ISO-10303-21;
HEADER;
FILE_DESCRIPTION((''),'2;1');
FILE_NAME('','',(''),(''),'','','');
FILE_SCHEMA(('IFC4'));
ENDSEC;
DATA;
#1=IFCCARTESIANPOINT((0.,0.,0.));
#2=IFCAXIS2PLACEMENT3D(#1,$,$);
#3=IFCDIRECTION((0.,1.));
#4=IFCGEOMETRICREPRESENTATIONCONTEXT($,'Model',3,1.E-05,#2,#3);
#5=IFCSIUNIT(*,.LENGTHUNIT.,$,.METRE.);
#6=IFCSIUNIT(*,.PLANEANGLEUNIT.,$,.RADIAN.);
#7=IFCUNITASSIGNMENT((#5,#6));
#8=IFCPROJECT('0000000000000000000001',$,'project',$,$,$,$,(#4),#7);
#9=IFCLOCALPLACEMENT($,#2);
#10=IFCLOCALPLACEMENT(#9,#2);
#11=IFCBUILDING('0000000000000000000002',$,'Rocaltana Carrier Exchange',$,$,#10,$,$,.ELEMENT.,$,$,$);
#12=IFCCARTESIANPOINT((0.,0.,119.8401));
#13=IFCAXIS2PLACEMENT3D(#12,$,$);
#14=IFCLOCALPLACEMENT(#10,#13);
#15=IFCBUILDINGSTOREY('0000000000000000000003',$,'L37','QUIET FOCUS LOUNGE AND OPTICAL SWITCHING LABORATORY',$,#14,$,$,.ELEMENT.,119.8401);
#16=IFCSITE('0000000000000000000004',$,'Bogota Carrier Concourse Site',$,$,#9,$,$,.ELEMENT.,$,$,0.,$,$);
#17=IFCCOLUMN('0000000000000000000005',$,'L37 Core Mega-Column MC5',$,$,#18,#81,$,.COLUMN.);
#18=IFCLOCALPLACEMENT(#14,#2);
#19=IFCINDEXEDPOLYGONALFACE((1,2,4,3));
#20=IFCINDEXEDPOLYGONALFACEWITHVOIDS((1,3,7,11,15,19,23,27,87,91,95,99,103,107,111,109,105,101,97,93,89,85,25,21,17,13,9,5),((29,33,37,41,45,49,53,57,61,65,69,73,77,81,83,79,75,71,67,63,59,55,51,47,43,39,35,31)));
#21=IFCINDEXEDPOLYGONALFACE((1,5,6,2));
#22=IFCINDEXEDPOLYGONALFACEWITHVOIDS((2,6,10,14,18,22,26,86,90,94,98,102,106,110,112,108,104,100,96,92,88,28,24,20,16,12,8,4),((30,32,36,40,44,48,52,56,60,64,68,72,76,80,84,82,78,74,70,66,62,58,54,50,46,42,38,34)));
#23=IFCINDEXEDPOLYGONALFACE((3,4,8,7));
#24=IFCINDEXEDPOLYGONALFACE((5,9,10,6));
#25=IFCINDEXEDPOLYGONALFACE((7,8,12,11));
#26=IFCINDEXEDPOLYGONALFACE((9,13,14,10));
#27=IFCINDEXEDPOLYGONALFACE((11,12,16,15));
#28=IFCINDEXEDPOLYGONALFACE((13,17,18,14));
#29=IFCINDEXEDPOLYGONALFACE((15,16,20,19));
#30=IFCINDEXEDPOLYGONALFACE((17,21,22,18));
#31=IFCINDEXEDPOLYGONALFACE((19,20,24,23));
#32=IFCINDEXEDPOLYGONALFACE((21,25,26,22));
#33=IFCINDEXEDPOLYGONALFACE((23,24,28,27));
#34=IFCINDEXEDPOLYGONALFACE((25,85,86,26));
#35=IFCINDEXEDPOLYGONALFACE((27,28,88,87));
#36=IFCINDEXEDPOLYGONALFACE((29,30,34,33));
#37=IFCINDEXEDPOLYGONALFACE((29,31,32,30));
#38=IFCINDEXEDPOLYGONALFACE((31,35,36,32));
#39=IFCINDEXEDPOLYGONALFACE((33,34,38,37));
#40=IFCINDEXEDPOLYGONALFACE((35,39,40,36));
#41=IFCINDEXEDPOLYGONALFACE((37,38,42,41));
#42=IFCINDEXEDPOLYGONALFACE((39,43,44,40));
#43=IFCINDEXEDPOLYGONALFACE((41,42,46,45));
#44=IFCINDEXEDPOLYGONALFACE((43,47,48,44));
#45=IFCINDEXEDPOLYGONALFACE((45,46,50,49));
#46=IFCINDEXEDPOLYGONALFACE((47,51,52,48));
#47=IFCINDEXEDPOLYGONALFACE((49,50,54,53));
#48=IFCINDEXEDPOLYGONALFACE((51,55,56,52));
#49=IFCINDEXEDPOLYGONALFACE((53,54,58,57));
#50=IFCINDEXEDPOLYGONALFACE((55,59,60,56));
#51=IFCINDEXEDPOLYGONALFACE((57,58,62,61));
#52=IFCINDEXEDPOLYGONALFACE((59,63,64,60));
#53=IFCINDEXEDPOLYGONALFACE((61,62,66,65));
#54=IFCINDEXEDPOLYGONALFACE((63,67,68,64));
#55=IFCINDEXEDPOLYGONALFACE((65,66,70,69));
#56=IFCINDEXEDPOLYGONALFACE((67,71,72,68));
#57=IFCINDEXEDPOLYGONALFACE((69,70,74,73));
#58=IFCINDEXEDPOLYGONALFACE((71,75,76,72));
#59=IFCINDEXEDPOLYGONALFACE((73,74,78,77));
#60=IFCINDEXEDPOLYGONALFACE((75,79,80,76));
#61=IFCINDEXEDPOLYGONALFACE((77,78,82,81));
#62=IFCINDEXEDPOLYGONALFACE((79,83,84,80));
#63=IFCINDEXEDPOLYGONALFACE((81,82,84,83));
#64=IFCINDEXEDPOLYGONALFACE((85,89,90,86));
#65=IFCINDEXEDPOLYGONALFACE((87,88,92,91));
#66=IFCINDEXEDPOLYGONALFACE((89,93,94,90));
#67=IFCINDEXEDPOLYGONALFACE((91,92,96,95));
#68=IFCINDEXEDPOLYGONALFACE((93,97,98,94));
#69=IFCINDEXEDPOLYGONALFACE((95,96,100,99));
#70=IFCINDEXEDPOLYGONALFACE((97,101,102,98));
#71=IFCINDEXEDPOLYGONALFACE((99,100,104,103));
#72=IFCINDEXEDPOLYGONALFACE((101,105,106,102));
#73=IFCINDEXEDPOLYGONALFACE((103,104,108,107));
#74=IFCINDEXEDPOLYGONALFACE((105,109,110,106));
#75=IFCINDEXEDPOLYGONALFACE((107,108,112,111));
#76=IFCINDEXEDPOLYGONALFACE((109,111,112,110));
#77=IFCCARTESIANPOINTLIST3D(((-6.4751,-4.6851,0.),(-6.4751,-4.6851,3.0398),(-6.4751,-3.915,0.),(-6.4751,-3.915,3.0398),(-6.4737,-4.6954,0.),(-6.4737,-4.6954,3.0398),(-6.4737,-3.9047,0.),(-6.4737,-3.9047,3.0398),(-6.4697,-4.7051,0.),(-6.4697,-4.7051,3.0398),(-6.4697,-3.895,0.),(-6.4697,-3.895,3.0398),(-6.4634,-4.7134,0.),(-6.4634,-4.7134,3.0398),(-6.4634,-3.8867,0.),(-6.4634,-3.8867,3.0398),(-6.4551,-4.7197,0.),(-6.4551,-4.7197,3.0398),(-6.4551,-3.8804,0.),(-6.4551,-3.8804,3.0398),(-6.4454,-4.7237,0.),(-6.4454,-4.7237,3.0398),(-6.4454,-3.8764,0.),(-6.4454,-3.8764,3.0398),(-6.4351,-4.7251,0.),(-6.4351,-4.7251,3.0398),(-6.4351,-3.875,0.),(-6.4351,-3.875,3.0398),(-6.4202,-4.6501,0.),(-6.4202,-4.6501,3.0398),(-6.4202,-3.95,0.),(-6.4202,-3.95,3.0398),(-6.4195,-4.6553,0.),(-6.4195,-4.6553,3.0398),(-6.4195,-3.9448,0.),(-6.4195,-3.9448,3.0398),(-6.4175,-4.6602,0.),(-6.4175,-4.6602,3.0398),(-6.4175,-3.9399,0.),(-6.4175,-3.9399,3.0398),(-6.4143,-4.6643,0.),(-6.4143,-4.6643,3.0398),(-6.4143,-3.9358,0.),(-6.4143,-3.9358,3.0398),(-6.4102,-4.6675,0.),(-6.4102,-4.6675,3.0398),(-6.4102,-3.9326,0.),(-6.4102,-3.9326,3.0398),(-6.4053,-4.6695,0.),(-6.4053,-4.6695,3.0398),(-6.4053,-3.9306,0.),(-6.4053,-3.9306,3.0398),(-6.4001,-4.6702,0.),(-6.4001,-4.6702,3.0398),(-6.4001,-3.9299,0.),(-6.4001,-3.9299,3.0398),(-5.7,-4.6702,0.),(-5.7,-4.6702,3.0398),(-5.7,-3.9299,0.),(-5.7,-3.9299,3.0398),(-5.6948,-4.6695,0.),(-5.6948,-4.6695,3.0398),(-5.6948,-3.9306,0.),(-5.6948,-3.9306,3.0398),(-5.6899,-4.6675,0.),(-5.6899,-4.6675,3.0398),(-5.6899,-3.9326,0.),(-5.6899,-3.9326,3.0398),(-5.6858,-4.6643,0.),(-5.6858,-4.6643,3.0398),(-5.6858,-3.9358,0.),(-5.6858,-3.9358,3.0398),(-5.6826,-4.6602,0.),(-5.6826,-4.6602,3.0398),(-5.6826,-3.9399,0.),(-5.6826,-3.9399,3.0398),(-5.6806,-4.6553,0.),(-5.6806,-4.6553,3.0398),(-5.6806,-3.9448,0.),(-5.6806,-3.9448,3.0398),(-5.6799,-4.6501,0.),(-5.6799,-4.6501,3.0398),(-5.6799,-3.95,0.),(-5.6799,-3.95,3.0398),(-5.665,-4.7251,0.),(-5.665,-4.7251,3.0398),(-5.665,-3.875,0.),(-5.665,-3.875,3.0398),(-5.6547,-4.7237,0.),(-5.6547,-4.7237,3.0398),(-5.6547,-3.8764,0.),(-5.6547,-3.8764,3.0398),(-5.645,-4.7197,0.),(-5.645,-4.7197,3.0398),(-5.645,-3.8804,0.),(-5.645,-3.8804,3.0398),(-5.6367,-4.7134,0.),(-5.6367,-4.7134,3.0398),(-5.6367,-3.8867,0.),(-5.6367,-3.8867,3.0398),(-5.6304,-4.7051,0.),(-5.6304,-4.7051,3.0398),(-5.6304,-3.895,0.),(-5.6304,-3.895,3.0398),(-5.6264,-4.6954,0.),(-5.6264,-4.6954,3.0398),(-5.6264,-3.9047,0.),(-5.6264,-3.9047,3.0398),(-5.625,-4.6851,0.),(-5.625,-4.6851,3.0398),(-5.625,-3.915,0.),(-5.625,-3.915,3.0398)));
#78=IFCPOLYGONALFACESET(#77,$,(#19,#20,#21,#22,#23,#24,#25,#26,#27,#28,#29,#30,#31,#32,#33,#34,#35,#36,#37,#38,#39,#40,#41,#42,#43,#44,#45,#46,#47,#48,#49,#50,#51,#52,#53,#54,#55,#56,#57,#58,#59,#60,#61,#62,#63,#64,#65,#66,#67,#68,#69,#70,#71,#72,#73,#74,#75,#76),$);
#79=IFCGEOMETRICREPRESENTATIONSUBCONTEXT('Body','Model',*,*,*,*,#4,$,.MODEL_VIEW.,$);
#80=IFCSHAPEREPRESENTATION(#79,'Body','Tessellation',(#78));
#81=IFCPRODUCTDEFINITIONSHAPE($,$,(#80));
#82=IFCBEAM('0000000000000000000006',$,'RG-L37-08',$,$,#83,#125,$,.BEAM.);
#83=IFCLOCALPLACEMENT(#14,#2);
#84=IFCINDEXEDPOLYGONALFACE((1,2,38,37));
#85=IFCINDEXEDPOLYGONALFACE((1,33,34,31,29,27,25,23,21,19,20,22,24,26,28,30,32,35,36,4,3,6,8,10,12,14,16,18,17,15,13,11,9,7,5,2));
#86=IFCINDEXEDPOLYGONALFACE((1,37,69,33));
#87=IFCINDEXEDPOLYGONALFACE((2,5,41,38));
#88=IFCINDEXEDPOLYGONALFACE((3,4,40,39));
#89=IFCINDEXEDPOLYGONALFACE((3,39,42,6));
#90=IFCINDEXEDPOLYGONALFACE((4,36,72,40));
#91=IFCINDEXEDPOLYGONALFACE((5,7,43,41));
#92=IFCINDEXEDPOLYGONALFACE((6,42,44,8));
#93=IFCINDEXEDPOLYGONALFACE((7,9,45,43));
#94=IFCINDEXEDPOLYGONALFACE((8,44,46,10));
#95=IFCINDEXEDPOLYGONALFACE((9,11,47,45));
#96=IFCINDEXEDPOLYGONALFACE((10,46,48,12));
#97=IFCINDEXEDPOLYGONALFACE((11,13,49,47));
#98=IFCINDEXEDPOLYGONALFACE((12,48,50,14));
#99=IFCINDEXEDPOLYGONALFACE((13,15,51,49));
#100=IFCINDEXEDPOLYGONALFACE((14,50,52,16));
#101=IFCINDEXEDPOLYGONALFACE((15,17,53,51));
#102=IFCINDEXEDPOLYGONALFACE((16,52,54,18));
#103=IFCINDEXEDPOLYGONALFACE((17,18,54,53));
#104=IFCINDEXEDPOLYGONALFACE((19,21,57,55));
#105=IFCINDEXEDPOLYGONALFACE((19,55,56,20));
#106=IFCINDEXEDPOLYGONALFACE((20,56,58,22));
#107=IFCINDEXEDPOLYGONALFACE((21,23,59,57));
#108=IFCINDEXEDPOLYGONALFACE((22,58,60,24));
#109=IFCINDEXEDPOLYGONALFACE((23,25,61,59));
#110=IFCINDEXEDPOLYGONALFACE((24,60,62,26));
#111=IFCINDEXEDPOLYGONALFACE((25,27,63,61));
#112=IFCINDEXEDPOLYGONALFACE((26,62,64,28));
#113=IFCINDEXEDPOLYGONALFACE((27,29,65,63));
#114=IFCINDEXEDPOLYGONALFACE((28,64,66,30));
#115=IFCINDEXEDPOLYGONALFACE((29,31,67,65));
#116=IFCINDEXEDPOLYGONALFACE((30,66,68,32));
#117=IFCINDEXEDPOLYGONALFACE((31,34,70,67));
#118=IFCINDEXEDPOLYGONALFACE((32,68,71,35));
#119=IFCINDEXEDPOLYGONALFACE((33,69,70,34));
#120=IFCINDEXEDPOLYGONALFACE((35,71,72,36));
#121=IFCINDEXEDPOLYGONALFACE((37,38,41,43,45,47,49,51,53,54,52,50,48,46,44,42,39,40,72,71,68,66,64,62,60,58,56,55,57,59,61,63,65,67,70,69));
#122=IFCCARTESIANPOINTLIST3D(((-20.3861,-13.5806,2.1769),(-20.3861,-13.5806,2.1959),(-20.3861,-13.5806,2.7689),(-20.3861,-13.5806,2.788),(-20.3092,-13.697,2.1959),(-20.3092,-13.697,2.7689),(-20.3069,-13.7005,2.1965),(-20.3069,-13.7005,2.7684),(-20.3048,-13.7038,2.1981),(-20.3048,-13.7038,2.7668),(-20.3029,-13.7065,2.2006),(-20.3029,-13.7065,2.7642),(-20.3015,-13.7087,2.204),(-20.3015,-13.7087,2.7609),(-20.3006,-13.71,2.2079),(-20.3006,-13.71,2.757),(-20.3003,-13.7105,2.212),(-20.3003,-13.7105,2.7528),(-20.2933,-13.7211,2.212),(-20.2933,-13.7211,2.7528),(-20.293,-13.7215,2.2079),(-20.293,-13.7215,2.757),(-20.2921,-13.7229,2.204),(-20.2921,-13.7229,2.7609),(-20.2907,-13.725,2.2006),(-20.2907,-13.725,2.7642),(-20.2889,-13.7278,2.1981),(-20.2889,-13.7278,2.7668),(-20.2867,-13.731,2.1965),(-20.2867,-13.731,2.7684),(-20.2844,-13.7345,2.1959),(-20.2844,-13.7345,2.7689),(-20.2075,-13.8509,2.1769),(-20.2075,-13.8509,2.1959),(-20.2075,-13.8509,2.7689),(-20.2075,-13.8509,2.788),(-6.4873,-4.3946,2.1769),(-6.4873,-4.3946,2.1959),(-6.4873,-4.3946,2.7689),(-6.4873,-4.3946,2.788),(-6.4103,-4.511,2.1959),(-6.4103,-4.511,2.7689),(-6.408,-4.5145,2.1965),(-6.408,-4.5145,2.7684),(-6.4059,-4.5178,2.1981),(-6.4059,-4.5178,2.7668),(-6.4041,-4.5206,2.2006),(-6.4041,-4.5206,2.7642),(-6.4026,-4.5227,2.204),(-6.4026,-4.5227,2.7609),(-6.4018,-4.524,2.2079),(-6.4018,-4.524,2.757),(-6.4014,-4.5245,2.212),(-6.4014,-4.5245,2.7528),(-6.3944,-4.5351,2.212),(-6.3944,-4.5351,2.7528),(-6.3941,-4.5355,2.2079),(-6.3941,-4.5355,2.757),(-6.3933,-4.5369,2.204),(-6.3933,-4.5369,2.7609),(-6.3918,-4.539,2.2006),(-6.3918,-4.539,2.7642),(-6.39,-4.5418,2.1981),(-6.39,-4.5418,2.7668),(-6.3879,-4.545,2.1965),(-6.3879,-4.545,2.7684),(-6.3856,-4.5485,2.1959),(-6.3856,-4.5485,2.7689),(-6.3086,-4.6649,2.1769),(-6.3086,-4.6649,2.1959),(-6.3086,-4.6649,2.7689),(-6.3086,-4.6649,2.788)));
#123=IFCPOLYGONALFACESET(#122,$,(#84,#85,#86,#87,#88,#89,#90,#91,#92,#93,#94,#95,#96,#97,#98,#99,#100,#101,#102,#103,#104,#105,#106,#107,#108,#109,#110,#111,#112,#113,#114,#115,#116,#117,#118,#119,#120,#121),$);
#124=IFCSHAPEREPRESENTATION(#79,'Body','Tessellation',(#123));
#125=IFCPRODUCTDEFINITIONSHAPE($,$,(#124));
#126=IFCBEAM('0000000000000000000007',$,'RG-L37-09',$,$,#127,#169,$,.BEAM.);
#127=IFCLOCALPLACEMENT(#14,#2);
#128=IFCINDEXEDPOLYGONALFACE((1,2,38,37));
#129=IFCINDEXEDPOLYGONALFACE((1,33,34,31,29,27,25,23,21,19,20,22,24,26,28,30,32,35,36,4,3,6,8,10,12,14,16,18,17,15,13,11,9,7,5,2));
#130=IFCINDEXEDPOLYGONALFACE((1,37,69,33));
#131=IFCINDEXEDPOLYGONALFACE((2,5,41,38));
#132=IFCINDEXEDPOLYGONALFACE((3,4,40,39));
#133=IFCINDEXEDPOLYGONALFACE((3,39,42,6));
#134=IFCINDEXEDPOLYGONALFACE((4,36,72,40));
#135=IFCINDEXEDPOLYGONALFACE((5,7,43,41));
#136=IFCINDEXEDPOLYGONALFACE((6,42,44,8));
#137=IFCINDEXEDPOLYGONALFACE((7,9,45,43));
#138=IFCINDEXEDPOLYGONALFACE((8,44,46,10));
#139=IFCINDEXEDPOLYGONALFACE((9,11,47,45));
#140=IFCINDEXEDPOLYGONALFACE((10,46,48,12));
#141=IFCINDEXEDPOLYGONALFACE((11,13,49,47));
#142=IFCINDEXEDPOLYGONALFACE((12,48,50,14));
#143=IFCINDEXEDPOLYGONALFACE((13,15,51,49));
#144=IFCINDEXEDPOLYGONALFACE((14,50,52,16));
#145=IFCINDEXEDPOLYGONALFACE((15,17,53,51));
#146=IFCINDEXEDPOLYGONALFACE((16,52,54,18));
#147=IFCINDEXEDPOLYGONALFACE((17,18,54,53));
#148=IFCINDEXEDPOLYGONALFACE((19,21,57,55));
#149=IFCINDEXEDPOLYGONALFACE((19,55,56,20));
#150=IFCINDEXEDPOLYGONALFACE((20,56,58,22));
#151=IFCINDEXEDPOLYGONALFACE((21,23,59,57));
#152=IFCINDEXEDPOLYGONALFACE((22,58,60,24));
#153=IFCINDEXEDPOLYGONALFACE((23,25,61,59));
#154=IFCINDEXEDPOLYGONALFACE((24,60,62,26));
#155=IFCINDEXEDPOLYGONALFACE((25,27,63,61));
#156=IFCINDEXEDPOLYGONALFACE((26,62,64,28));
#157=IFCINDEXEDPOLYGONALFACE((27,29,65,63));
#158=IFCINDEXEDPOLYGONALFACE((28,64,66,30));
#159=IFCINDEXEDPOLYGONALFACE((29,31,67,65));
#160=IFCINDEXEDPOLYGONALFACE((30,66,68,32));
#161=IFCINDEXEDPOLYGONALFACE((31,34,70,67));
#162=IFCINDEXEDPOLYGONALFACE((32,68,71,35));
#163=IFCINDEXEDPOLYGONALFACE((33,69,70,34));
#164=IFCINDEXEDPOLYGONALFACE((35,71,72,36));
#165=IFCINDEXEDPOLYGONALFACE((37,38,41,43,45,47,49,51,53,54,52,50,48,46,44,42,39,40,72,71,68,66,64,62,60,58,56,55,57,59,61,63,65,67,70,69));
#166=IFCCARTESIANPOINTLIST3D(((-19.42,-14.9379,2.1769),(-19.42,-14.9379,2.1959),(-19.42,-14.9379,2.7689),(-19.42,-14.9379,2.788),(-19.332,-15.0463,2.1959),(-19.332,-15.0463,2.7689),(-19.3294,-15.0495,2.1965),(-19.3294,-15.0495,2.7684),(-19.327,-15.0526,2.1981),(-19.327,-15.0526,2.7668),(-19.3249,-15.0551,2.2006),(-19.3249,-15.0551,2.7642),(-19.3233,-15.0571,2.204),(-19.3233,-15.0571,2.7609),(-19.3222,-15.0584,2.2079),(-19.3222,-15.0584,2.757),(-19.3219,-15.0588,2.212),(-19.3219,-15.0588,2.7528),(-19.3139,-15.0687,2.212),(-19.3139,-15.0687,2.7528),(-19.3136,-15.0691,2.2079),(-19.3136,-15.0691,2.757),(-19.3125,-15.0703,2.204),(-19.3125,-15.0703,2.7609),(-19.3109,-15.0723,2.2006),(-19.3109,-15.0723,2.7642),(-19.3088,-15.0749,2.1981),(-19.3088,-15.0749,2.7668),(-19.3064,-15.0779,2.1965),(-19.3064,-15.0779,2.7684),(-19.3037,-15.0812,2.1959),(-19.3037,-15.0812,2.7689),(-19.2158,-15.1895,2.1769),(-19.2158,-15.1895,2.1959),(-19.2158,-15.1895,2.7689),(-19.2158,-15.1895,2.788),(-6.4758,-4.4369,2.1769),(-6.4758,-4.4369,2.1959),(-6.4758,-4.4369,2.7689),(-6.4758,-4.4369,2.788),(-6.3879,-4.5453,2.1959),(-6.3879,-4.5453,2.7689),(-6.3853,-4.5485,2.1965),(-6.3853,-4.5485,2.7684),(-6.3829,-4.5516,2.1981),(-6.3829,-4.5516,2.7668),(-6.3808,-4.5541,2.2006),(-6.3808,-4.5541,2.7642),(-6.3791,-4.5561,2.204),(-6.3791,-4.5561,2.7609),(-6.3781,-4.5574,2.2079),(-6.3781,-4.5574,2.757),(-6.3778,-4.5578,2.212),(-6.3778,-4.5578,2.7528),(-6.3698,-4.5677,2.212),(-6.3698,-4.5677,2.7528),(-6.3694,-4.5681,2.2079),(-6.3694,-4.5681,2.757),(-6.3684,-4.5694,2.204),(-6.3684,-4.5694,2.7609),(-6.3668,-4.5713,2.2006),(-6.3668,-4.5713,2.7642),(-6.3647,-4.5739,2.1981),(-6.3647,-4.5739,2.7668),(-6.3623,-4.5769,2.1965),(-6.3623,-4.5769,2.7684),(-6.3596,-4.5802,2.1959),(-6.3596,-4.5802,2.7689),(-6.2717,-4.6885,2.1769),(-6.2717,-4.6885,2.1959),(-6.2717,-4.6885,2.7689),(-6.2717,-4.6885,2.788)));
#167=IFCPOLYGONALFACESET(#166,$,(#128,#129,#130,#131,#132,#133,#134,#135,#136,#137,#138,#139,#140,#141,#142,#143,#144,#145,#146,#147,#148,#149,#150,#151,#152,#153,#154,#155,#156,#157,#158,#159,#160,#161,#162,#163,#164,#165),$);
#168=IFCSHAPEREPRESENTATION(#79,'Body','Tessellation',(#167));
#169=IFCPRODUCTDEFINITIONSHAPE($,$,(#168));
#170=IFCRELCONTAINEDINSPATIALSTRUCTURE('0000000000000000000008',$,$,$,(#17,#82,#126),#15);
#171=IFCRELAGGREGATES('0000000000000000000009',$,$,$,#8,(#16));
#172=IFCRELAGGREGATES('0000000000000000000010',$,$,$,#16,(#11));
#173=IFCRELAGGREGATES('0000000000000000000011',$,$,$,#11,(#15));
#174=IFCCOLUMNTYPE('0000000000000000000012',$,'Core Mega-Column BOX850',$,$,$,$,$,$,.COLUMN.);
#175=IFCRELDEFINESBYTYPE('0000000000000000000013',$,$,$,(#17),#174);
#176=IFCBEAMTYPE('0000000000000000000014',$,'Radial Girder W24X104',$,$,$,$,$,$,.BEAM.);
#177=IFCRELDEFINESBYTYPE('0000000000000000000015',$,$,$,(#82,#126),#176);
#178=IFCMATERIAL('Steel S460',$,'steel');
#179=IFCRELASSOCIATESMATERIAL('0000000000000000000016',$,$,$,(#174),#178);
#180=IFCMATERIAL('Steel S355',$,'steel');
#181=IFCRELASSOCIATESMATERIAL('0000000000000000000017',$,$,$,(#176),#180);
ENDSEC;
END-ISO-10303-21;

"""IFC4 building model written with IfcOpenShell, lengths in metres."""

from ifc_helpers import new_model, si_unit, direction, frame, origin, origin_2d, place, context, subcontext, project, spatial, hollow_rectangle, i_section, extrude, material, material_profile, profile_set, type_object, element, save


model = new_model("IFC4")

# Units and contexts
model_context = context("Model", 3, precision=1e-05, world=origin(), true_north=direction((0.0, 1.0)))
body_context = subcontext(model_context, "Body", "Model", "MODEL_VIEW")
ifc_project = project(units=[si_unit("LENGTHUNIT", "METRE"), si_unit("PLANEANGLEUNIT", "RADIAN")], contexts=[model_context])

# Site, building, storey
site_placement = place(None, origin())
site = spatial("IfcSite", under=ifc_project, at=site_placement, Name="Bogota Carrier Concourse Site", CompositionType="ELEMENT", RefElevation=0.0)
building_placement = place(site_placement, origin())
building = spatial("IfcBuilding", under=site, at=building_placement, Name="Rocaltana Carrier Exchange", CompositionType="ELEMENT")
storey_placement = place(building_placement, frame((0.0, 0.0, 119.8401)))
storey = spatial("IfcBuildingStorey", under=building, at=storey_placement, Name="L37", Description="QUIET FOCUS LOUNGE AND OPTICAL SWITCHING LABORATORY", CompositionType="ELEMENT", Elevation=119.8401)

# Column
ifc_material_1 = material(Name="Steel S460", Category="steel")
ifc_material_profile_1 = material_profile(ifc_material_1, hollow_rectangle(XDim=0.8501, YDim=0.8501, WallThickness=0.0549, InnerFilletRadius=0.02, OuterFilletRadius=0.04, at=origin_2d()), Name="BOX850X850X55")
ifc_profile_set_1 = profile_set([ifc_material_profile_1], Name="Steel S460")
column_type = type_object("IfcColumnType", Name="Core Mega-Column BOX850", PredefinedType="COLUMN", material=ifc_profile_set_1)
column_placement = place(storey_placement, frame((-6.05, -4.3, 0.0), z_axis=(0.0, 0.0, 1.0), x_axis=(1.0, 0.0, 0.0)))
element("IfcColumn", 1, at=column_placement, inside=storey, type_object=column_type, Name="L37 Core Mega-Column MC5", PredefinedType="COLUMN", context=body_context, shape_type="SweptSolid", body=[
    extrude(hollow_rectangle(XDim=0.8501, YDim=0.8501, WallThickness=0.0549, InnerFilletRadius=0.02, OuterFilletRadius=0.04, at=origin_2d()), origin(), (0.0, 0.0, 1.0), 3.0398),
])

# Beams
ifc_material_2 = material(Name="Steel S355", Category="steel")
ifc_material_profile_2 = material_profile(ifc_material_2, i_section(OverallWidth=0.324, OverallDepth=0.6111, WebThickness=0.0127, FlangeThickness=0.019, FilletRadius=0.0161, at=origin_2d()), Name="W24X104")
ifc_profile_set_2 = profile_set([ifc_material_profile_2], Name="Steel S355")
beam_type = type_object("IfcBeamType", Name="Radial Girder W24X104", PredefinedType="BEAM", material=ifc_profile_set_2)
beam_1_placement = place(storey_placement, frame((-6.3979, -4.5298, 2.4824), z_axis=(-0.834258, -0.551375, 0.0), x_axis=(0.551375, -0.834258, 0.0)))
element("IfcBeam", 2, at=beam_1_placement, inside=storey, type_object=beam_type, Name="RG-L37-08", PredefinedType="BEAM", context=body_context, shape_type="SweptSolid", body=[
    extrude(i_section(OverallWidth=0.324, OverallDepth=0.6111, WebThickness=0.0127, FlangeThickness=0.019, FilletRadius=0.0161, at=origin_2d()), origin(), (0.0, 0.0, 1.0), 16.6602),
])
beam_2_placement = place(storey_placement, frame((-6.3738, -4.5627, 2.4824), z_axis=(-0.776586, -0.630011, 0.0), x_axis=(0.630011, -0.776586, 0.0)))
element("IfcBeam", 3, at=beam_2_placement, inside=storey, type_object=beam_type, Name="RG-L37-09", PredefinedType="BEAM", context=body_context, shape_type="SweptSolid", body=[
    extrude(i_section(OverallWidth=0.324, OverallDepth=0.6111, WebThickness=0.0127, FlangeThickness=0.019, FilletRadius=0.0161, at=origin_2d()), origin(), (0.0, 0.0, 1.0), 16.668),
])

save(model, "model.ifc")
